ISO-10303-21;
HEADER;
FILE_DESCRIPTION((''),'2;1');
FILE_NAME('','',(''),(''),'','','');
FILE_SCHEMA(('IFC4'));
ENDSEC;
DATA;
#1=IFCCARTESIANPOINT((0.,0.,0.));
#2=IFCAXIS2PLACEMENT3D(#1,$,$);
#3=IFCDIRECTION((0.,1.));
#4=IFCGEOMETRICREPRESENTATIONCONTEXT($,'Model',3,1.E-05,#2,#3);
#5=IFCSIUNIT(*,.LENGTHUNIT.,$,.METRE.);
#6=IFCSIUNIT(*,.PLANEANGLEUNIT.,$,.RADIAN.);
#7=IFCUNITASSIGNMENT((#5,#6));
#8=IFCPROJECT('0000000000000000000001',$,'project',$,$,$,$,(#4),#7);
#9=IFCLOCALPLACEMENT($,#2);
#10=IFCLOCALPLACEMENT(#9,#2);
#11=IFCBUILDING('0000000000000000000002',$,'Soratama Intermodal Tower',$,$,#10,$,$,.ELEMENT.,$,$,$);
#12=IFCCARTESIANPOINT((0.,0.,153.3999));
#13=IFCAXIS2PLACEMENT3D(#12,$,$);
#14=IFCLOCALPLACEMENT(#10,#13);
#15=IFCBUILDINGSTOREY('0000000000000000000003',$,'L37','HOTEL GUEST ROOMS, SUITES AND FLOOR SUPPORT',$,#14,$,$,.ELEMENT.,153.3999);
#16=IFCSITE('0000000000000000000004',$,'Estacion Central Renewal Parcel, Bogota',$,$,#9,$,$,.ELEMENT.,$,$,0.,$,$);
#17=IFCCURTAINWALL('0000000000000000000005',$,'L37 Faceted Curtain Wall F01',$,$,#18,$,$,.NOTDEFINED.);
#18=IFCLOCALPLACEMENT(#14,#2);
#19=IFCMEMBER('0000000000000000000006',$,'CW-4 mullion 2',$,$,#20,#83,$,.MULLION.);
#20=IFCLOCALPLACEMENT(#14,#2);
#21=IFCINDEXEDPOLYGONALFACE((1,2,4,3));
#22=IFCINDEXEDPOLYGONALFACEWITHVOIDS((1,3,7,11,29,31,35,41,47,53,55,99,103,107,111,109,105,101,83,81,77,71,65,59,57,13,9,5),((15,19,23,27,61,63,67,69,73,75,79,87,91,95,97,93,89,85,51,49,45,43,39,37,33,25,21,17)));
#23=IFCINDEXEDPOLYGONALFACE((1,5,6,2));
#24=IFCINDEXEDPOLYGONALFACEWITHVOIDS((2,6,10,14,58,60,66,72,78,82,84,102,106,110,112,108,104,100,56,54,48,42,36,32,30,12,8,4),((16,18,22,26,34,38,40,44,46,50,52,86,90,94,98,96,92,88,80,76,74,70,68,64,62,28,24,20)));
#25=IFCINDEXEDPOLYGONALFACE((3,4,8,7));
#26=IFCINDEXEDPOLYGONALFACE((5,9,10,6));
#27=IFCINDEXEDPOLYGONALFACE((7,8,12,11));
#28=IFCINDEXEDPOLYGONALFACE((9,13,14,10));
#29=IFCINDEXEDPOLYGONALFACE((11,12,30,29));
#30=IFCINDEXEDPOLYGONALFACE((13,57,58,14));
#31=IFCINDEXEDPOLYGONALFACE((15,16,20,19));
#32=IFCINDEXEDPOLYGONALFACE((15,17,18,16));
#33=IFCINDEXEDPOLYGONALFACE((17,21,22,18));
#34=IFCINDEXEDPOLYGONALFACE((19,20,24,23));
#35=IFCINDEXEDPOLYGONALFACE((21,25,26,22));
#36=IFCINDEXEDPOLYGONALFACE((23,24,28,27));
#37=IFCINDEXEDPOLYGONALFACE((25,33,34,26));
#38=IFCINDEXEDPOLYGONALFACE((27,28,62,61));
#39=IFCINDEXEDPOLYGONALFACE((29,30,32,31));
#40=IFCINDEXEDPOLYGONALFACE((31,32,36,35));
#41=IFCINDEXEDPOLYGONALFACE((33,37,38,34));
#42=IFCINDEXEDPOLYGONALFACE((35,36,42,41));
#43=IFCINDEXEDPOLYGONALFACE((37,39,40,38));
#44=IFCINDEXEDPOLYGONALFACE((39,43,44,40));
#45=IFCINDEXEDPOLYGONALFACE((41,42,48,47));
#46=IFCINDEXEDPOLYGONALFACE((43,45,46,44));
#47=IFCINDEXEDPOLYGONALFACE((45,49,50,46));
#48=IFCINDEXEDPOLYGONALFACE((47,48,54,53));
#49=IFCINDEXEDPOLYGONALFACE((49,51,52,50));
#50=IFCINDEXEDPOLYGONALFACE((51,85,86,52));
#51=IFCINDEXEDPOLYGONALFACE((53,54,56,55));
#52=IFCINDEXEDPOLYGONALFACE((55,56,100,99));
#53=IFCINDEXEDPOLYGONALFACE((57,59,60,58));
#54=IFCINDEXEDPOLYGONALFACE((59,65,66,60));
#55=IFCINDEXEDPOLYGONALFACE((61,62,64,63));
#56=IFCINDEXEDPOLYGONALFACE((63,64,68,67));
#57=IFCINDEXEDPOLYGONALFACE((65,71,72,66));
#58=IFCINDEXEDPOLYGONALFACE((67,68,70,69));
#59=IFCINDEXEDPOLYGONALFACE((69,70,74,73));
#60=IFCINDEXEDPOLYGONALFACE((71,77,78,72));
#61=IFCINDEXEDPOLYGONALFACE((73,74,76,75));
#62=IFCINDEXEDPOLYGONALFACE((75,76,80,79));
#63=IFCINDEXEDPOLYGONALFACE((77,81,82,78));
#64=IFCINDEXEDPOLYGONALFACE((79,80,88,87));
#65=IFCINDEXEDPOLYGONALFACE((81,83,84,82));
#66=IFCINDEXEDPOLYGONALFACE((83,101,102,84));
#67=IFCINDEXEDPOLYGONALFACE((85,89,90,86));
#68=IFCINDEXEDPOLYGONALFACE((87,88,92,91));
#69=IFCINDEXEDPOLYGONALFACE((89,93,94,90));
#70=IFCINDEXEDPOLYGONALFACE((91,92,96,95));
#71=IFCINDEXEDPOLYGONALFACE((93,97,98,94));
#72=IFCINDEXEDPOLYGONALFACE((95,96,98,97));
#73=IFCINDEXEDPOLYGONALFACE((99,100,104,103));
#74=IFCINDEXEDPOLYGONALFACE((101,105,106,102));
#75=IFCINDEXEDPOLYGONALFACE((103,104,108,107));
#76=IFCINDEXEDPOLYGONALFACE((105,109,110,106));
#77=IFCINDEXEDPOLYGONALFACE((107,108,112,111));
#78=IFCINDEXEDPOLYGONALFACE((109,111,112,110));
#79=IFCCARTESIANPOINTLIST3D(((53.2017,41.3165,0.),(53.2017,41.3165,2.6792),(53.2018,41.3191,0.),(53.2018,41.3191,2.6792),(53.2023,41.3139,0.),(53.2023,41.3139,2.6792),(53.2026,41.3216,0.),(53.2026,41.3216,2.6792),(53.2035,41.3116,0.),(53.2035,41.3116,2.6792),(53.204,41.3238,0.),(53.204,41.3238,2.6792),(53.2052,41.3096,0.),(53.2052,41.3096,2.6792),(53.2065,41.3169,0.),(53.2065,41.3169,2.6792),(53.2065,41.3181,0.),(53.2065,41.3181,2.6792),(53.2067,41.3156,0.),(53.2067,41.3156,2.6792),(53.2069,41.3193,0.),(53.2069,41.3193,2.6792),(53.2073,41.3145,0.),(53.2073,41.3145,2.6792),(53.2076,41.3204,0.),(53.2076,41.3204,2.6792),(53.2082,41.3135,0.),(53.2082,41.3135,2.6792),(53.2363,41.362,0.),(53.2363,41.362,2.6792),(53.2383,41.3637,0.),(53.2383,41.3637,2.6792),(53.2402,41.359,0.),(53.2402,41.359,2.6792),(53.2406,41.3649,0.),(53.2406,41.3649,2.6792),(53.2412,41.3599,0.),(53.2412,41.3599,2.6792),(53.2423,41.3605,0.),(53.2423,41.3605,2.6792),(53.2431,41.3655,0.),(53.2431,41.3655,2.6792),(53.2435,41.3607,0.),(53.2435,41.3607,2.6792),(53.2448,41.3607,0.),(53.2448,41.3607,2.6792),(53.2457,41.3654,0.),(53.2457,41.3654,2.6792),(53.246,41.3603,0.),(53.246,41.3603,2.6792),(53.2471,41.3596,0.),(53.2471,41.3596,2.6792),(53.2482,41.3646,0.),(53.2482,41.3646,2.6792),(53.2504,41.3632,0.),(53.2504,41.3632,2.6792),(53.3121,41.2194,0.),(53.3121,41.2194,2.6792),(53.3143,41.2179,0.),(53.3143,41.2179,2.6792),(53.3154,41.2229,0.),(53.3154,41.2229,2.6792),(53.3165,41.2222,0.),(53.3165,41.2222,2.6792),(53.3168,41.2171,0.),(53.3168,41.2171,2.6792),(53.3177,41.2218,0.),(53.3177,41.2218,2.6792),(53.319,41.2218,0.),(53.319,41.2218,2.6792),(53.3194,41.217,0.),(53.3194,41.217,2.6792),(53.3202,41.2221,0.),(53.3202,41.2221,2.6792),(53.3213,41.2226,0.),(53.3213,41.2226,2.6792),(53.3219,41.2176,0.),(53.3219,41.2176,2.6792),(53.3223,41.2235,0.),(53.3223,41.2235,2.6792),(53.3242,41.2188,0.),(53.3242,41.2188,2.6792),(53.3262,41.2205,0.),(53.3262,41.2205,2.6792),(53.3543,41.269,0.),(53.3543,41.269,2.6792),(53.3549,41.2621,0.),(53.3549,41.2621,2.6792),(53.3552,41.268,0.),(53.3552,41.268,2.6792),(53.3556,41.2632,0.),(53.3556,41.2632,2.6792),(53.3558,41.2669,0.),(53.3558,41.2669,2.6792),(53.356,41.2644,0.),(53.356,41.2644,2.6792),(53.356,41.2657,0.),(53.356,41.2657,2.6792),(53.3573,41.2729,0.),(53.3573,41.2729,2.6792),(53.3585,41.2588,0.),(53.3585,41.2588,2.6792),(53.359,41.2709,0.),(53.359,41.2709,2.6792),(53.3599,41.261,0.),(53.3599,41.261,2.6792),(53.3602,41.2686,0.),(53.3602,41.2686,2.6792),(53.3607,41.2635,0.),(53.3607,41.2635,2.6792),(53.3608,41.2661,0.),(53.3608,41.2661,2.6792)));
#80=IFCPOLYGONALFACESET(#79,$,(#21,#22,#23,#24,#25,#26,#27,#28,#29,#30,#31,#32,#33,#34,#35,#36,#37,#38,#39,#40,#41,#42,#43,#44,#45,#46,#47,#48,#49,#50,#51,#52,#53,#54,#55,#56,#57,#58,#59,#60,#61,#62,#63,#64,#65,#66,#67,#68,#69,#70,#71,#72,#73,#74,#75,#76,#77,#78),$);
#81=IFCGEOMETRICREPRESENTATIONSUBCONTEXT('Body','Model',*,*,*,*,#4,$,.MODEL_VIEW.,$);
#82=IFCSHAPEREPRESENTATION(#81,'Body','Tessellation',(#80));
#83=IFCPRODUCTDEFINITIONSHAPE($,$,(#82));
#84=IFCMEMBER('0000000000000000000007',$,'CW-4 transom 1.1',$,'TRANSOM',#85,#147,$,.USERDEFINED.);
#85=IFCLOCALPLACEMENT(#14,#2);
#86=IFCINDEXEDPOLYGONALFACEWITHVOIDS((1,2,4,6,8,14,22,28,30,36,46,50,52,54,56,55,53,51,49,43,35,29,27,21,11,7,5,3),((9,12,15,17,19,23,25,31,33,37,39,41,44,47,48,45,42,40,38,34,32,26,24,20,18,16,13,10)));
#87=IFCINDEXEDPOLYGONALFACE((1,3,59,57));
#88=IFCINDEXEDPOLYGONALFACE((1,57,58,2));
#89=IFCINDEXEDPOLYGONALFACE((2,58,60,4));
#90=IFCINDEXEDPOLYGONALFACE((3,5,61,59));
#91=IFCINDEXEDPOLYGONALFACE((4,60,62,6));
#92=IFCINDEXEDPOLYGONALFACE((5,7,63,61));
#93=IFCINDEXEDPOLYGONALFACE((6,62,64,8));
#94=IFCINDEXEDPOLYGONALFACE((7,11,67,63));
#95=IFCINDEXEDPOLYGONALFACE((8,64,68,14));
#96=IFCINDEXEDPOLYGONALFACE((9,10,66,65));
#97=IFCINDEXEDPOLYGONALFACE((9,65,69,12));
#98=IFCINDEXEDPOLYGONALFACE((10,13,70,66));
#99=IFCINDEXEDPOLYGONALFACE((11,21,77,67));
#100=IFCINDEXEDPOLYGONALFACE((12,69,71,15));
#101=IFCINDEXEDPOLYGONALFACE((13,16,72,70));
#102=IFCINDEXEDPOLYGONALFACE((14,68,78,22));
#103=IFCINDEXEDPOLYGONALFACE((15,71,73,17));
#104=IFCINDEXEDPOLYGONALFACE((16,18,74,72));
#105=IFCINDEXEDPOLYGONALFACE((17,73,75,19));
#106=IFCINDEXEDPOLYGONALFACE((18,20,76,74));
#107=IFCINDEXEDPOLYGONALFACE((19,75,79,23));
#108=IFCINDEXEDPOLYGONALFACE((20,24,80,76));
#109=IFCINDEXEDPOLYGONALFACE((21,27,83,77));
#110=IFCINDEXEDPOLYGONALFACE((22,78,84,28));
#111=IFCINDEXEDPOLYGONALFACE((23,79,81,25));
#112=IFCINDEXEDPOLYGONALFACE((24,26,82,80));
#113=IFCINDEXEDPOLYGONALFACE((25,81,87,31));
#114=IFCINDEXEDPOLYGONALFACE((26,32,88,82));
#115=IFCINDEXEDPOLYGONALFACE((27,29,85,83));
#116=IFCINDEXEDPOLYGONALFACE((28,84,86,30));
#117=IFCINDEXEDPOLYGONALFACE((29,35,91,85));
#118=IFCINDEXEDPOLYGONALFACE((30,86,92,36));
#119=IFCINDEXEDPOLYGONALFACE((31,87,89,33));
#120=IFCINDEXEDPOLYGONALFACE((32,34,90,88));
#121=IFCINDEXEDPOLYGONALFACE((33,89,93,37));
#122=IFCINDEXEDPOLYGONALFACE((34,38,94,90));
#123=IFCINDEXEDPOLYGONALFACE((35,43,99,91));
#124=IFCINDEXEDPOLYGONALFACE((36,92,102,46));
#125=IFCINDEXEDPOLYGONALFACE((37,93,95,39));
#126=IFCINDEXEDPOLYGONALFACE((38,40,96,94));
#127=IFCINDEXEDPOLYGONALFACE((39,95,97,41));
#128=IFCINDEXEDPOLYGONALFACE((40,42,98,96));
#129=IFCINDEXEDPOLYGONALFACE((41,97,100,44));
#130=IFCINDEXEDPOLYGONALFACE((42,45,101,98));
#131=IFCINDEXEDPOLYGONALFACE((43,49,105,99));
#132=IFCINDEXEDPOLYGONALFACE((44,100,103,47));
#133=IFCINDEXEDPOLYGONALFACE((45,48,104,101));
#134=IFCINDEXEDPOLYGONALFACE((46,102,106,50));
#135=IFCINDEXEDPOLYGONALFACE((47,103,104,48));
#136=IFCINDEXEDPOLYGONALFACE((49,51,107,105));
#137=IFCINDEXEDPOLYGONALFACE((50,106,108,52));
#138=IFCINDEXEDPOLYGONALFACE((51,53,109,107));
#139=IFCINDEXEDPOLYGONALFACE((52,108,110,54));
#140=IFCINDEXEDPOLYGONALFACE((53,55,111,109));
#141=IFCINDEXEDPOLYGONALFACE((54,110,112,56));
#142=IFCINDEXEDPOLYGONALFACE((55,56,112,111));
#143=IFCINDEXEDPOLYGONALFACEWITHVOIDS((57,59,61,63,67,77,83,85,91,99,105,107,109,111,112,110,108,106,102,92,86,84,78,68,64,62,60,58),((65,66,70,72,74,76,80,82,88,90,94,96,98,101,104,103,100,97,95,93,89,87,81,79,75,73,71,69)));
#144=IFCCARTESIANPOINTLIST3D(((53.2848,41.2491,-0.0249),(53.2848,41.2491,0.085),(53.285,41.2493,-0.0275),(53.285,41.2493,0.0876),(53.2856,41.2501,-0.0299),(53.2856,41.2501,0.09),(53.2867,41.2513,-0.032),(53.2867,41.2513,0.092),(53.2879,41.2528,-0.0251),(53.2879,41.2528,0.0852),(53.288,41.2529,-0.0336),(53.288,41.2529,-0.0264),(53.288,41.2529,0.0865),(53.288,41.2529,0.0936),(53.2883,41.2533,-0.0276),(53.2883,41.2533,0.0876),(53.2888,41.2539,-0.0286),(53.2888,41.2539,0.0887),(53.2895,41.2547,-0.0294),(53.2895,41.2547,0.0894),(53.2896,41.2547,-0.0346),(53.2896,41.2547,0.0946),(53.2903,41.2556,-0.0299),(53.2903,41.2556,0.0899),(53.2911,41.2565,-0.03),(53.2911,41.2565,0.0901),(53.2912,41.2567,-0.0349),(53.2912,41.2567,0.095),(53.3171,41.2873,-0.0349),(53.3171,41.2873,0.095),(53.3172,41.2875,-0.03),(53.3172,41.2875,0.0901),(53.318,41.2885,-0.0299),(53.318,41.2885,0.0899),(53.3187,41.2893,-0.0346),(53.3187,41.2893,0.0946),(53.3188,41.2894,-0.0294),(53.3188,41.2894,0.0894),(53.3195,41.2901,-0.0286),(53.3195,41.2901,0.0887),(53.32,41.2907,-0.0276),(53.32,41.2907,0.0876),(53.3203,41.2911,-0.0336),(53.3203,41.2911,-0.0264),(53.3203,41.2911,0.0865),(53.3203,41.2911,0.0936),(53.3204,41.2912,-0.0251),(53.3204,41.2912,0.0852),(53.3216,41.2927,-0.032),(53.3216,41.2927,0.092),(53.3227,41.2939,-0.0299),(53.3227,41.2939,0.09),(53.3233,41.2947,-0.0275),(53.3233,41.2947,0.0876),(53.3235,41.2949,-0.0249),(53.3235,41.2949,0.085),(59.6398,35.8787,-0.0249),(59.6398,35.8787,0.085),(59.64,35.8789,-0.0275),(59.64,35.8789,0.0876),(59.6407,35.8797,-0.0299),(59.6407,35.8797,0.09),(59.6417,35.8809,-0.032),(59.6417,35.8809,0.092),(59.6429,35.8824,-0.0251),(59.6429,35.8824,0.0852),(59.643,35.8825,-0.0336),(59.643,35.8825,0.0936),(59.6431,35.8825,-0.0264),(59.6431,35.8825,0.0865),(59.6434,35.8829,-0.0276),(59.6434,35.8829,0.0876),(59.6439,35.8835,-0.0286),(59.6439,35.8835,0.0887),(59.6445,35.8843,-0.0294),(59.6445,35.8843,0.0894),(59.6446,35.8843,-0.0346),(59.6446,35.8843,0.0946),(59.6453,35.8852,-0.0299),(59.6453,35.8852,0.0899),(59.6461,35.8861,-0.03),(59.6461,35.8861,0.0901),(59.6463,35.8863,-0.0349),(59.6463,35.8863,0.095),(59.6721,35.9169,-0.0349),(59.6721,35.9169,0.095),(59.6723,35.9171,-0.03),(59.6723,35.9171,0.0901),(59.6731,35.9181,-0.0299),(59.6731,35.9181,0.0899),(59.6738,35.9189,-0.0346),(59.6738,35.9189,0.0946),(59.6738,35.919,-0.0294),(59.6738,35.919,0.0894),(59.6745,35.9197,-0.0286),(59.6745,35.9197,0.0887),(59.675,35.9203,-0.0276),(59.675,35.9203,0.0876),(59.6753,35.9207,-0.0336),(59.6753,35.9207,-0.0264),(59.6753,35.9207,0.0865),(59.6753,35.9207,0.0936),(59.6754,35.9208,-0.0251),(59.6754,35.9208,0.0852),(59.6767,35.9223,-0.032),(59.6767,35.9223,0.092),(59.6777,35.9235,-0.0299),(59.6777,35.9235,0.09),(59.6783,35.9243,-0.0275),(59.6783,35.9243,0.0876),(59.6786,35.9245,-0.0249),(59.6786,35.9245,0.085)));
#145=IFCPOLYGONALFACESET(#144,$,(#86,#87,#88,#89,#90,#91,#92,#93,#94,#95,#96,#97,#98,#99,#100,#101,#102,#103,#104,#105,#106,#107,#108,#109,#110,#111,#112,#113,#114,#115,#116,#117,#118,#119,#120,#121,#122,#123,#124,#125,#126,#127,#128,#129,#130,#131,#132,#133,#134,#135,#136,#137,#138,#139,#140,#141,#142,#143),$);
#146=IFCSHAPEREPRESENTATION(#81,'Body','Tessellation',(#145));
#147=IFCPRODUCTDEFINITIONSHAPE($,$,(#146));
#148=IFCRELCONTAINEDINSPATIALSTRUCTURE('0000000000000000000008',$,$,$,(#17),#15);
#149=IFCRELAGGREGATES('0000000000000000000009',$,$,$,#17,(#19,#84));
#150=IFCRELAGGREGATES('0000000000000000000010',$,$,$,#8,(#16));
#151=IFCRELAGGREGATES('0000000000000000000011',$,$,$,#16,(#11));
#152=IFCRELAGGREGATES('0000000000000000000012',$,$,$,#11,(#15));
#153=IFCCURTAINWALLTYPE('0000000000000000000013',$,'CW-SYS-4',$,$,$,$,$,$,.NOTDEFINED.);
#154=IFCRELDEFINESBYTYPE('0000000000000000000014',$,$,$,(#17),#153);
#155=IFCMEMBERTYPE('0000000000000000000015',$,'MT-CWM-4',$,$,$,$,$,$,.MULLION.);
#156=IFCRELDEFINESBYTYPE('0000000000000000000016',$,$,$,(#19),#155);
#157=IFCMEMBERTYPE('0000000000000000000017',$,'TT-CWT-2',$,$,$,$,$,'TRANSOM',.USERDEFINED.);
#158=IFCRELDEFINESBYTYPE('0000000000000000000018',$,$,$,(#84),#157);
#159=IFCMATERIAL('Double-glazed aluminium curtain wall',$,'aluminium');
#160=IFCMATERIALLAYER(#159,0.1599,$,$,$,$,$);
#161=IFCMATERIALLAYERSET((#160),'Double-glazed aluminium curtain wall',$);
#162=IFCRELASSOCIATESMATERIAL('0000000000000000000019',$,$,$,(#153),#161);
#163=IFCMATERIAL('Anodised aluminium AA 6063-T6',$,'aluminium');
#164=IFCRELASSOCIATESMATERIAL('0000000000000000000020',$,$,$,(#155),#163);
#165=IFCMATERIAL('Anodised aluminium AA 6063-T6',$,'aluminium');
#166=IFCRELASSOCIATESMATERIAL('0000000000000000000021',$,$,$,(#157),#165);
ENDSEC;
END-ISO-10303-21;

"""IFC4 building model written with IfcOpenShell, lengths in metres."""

from ifc_helpers import new_model, si_unit, direction, frame, origin, origin_2d, place, context, subcontext, project, spatial, hollow_rectangle, extrude, material, layer, layer_set, material_profile, profile_set, type_object, element, aggregate, save


model = new_model("IFC4")

# Units and contexts
model_context = context("Model", 3, precision=1e-05, world=origin(), true_north=direction((0.0, 1.0)))
body_context = subcontext(model_context, "Body", "Model", "MODEL_VIEW")
ifc_project = project(units=[si_unit("LENGTHUNIT", "METRE"), si_unit("PLANEANGLEUNIT", "RADIAN")], contexts=[model_context])

# Site, building, storey
site_placement = place(None, origin())
site = spatial("IfcSite", under=ifc_project, at=site_placement, Name="Estacion Central Renewal Parcel, Bogota", CompositionType="ELEMENT", RefElevation=0.0)
building_placement = place(site_placement, origin())
building = spatial("IfcBuilding", under=site, at=building_placement, Name="Soratama Intermodal Tower", CompositionType="ELEMENT")
storey_placement = place(building_placement, frame((0.0, 0.0, 153.3999)))
storey = spatial("IfcBuildingStorey", under=building, at=storey_placement, Name="L37", Description="HOTEL GUEST ROOMS, SUITES AND FLOOR SUPPORT", CompositionType="ELEMENT", Elevation=153.3999)

# Curtain wall, members
ifc_material_1 = material(Name="Double-glazed aluminium curtain wall", Category="aluminium")
ifc_layer_1 = layer(ifc_material_1, 0.1599)
ifc_layer_set_1 = layer_set([ifc_layer_1], Name="Double-glazed aluminium curtain wall")
curtain_wall_type = type_object("IfcCurtainWallType", Name="CW-SYS-4", PredefinedType="NOTDEFINED", material=ifc_layer_set_1)
curtain_wall_placement = place(storey_placement, origin())
curtain_wall = element("IfcCurtainWall", 1, at=curtain_wall_placement, inside=storey, type_object=curtain_wall_type, Name="L37 Faceted Curtain Wall F01", PredefinedType="NOTDEFINED")
ifc_material_2 = material(Name="Anodised aluminium AA 6063-T6", Category="aluminium")
ifc_material_profile_1 = material_profile(ifc_material_2, hollow_rectangle(XDim=0.0701, YDim=0.1599, WallThickness=0.0049, InnerFilletRadius=0.0049, OuterFilletRadius=0.01, at=origin_2d()), Name="CWM160X70X5")
ifc_profile_set_1 = profile_set([ifc_material_profile_1], Name="Anodised aluminium AA 6063-T6")
member_type_1 = type_object("IfcMemberType", Name="MT-CWM-4", PredefinedType="MULLION", material=ifc_profile_set_1)
member_1_placement = place(storey_placement, frame((53.2812, 41.2913, 0.0), z_axis=(0.0, 0.0, 1.0), x_axis=(-0.645453, -0.7638, 0.0)))
member_1 = element("IfcMember", 2, at=member_1_placement, type_object=member_type_1, Name="CW-4 mullion 2", PredefinedType="MULLION", context=body_context, shape_type="SweptSolid", body=[
    extrude(hollow_rectangle(XDim=0.0701, YDim=0.1599, WallThickness=0.0049, InnerFilletRadius=0.0049, OuterFilletRadius=0.01, at=origin_2d()), origin(), (0.0, 0.0, 1.0), 2.6792),
])
ifc_material_3 = material(Name="Anodised aluminium AA 6063-T6", Category="aluminium")
ifc_material_profile_2 = material_profile(ifc_material_3, hollow_rectangle(XDim=0.0601, YDim=0.1299, WallThickness=0.0049, InnerFilletRadius=0.0049, OuterFilletRadius=0.01, at=origin_2d()), Name="CWT130X60X5")
ifc_profile_set_2 = profile_set([ifc_material_profile_2], Name="Anodised aluminium AA 6063-T6")
member_type_2 = type_object("IfcMemberType", Name="TT-CWT-2", ElementType="TRANSOM", PredefinedType="USERDEFINED", material=ifc_profile_set_2)
member_2_placement = place(storey_placement, frame((59.6592, 35.9016, 0.03), z_axis=(-0.763797, 0.645457, 0.0), x_axis=(-0.645457, -0.763797, 0.0)))
member_2 = element("IfcMember", 3, at=member_2_placement, type_object=member_type_2, Name="CW-4 transom 1.1", ObjectType="TRANSOM", PredefinedType="USERDEFINED", context=body_context, shape_type="SweptSolid", body=[
    extrude(hollow_rectangle(XDim=0.0601, YDim=0.1299, WallThickness=0.0049, InnerFilletRadius=0.0049, OuterFilletRadius=0.01, at=origin_2d()), origin(), (0.0, 0.0, 1.0), 8.3203),
])
aggregate(curtain_wall, [member_1, member_2])

save(model, "model.ifc")
